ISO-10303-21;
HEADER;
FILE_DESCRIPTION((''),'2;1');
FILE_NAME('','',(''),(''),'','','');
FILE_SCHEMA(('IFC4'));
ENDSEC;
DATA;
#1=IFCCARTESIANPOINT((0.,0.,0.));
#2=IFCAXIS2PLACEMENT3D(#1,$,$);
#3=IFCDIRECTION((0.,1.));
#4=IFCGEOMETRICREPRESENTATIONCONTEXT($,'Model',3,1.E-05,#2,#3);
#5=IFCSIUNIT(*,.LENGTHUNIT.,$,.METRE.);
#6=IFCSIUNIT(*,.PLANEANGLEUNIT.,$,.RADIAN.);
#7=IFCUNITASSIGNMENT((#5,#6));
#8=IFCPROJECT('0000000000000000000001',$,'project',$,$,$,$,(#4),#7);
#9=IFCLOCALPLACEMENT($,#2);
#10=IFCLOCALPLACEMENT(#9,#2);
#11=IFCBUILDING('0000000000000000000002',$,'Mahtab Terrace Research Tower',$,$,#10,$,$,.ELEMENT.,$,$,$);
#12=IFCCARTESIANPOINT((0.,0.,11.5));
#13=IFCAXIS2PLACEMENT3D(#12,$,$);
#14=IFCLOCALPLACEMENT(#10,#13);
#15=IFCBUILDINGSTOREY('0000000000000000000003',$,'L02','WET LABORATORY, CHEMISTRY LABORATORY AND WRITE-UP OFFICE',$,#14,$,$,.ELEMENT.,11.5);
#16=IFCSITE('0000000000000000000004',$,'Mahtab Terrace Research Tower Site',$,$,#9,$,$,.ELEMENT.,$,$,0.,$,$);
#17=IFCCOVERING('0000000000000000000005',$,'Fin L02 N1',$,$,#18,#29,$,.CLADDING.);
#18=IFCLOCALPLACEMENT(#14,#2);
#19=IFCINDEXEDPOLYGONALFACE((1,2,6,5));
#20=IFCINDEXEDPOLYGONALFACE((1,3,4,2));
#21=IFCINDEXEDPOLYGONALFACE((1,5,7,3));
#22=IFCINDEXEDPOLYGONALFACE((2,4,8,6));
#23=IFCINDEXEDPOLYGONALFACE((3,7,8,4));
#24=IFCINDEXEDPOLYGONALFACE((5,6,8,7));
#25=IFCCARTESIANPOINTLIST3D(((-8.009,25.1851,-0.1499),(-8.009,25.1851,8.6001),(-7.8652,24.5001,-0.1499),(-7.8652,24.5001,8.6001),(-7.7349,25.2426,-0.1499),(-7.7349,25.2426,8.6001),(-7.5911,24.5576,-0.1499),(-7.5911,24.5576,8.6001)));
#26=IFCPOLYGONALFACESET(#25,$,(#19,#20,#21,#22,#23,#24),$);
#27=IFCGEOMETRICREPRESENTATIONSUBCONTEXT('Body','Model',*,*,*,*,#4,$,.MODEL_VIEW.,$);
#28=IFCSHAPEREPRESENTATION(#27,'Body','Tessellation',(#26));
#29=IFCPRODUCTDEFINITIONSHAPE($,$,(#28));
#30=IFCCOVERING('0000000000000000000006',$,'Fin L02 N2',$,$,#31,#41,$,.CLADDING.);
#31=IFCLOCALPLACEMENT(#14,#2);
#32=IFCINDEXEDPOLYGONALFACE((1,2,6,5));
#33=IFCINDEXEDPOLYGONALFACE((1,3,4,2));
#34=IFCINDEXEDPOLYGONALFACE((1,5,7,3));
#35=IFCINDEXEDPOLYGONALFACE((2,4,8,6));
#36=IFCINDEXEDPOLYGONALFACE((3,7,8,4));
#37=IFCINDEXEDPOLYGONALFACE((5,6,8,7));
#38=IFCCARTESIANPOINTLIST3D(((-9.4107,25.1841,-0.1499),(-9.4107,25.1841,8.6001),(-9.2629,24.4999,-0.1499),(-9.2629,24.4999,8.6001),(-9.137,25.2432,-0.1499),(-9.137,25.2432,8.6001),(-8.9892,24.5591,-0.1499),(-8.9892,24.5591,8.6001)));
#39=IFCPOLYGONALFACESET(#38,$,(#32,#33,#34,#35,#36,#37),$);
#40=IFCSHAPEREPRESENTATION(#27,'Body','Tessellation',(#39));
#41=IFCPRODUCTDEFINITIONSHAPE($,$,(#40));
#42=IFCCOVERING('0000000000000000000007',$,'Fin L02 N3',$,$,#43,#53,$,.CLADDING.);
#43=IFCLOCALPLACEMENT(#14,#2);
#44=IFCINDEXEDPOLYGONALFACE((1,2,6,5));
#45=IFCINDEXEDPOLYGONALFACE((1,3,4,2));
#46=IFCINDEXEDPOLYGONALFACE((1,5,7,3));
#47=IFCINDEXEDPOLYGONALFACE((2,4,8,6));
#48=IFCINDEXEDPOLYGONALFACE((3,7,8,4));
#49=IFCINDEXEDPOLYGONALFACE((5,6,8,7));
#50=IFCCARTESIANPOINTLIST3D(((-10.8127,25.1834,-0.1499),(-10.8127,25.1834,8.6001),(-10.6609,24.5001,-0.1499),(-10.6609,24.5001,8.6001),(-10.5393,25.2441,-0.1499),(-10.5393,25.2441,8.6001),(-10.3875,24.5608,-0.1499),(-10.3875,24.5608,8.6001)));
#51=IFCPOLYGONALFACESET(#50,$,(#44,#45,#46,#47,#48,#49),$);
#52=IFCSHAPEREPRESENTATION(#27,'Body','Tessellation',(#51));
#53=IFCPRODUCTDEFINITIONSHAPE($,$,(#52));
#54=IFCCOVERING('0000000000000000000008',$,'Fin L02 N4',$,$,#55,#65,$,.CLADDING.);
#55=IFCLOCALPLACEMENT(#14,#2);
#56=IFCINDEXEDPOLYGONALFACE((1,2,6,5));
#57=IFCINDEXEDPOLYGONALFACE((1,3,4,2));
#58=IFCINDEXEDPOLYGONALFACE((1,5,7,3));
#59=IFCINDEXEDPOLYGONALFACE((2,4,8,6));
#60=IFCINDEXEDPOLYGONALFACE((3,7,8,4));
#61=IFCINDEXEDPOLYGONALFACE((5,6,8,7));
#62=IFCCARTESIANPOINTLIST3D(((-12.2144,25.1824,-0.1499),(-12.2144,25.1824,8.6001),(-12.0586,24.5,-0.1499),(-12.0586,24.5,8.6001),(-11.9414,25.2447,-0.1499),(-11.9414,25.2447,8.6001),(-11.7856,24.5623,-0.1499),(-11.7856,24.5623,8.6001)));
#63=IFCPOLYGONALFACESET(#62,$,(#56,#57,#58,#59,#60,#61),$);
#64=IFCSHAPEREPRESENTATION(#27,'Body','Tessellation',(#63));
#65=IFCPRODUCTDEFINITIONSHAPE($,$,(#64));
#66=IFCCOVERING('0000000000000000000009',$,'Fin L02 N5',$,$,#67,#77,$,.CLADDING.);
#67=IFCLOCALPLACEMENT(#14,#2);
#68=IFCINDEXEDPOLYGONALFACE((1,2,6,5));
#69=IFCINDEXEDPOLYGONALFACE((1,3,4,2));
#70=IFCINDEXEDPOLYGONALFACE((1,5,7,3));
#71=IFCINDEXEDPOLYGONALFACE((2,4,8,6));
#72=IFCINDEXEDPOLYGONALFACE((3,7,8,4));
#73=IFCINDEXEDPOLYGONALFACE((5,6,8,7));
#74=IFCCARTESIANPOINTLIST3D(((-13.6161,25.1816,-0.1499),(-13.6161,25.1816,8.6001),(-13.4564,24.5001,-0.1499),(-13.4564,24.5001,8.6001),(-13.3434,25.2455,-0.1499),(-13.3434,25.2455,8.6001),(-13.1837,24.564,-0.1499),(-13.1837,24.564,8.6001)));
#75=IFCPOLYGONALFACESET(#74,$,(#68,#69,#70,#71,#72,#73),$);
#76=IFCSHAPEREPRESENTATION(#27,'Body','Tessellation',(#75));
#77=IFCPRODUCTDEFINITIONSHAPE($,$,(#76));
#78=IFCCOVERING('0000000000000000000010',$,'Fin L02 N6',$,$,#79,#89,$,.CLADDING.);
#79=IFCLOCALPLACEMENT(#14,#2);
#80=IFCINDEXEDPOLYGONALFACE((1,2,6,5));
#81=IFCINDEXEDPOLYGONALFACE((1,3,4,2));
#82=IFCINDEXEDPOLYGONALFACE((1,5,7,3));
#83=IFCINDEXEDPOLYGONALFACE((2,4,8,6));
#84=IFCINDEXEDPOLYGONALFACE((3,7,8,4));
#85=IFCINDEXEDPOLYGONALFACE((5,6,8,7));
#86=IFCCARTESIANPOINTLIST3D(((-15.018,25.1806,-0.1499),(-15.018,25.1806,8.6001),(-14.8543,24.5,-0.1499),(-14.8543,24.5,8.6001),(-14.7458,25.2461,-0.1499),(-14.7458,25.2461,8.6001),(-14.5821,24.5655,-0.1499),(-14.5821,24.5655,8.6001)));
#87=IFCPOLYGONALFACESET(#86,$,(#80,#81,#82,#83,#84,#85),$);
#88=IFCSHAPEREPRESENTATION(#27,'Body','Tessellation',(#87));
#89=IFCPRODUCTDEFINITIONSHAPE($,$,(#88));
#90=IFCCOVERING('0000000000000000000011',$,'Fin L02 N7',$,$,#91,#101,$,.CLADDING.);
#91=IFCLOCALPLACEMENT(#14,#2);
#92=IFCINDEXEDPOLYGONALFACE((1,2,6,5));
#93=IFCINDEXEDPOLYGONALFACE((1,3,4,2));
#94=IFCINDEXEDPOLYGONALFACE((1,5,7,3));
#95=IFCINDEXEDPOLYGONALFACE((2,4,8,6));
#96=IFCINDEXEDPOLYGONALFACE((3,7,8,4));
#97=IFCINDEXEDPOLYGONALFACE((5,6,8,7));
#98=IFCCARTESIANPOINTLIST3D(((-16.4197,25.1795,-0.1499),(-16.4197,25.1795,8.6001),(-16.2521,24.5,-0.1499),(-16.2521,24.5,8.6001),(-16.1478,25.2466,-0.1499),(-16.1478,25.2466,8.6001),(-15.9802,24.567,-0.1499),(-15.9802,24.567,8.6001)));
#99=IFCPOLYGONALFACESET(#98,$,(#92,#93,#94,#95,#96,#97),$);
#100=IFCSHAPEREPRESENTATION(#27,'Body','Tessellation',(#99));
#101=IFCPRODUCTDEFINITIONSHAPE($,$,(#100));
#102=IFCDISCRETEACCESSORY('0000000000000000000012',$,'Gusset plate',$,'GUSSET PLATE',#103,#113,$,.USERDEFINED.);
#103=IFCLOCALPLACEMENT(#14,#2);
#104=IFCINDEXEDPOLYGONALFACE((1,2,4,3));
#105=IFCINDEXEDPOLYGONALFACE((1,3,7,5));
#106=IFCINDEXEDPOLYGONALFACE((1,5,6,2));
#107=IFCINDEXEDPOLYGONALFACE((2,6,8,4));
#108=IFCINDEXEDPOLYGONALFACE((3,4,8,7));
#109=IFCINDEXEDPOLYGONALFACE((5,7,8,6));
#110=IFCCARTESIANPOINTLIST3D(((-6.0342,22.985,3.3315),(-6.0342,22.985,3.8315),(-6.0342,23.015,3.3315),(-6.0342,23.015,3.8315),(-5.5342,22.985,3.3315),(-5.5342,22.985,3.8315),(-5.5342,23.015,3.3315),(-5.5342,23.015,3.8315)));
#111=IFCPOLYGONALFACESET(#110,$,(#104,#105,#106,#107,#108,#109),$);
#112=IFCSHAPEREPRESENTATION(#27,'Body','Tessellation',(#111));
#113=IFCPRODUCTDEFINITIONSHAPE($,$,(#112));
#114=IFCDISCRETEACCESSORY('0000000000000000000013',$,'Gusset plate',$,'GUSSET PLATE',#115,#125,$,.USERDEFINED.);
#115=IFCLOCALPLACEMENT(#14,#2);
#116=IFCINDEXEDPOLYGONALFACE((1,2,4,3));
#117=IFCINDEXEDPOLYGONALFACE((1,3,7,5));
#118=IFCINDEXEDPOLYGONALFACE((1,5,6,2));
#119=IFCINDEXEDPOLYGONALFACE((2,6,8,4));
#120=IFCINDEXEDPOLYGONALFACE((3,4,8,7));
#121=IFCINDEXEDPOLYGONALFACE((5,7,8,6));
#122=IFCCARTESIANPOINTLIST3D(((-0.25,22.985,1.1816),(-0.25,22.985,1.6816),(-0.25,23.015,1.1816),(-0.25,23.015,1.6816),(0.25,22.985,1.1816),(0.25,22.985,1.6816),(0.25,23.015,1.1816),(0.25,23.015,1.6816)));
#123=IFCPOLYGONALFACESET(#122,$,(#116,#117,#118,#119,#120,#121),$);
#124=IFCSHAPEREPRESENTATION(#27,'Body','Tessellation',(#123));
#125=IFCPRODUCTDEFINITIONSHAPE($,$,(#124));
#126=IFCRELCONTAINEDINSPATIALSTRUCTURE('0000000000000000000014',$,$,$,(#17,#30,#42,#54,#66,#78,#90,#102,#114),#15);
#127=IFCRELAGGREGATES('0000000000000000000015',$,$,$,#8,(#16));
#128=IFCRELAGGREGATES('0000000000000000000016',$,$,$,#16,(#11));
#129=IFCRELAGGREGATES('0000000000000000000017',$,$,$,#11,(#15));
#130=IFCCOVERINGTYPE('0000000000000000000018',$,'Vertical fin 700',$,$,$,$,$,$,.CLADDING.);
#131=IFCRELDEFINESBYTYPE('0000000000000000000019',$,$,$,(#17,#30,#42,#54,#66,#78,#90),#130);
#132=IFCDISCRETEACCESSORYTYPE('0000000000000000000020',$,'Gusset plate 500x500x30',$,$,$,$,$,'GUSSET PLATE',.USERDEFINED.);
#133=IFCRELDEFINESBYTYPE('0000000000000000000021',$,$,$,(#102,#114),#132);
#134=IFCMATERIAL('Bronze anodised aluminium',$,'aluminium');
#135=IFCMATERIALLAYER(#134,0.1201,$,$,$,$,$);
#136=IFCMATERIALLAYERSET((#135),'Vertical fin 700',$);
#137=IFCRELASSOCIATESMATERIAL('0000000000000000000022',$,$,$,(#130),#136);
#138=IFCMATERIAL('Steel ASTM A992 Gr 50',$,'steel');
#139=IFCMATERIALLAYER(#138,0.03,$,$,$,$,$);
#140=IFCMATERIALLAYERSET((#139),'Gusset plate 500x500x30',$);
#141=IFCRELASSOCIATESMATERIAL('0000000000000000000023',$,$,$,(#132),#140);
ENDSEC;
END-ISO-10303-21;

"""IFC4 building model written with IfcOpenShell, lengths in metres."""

from ifc_helpers import new_model, si_unit, direction, frame, origin, origin_2d, place, context, subcontext, project, spatial, rectangle, extrude, material, layer, layer_set, type_object, element, save


model = new_model("IFC4")

# Units and contexts
model_context = context("Model", 3, precision=1e-05, world=origin(), true_north=direction((0.0, 1.0)))
body_context = subcontext(model_context, "Body", "Model", "MODEL_VIEW")
ifc_project = project(units=[si_unit("LENGTHUNIT", "METRE"), si_unit("PLANEANGLEUNIT", "RADIAN")], contexts=[model_context])

# Site, building, storey
site_placement = place(None, origin())
site = spatial("IfcSite", under=ifc_project, at=site_placement, Name="Mahtab Terrace Research Tower Site", CompositionType="ELEMENT", RefElevation=0.0)
building_placement = place(site_placement, origin())
building = spatial("IfcBuilding", under=site, at=building_placement, Name="Mahtab Terrace Research Tower", CompositionType="ELEMENT")
storey_placement = place(building_placement, frame((0.0, 0.0, 11.5)))
storey = spatial("IfcBuildingStorey", under=building, at=storey_placement, Name="L02", Description="WET LABORATORY, CHEMISTRY LABORATORY AND WRITE-UP OFFICE", CompositionType="ELEMENT", Elevation=11.5)

# Shared definitions
ifc_material_1 = material(Name="Steel ASTM A992 Gr 50", Category="steel")

# Coverings
ifc_material_2 = material(Name="Bronze anodised aluminium", Category="aluminium")
ifc_layer_1 = layer(ifc_material_2, 0.1201)
ifc_layer_set_1 = layer_set([ifc_layer_1], Name="Vertical fin 700")
covering_type_1 = type_object("IfcCoveringType", Name="Vertical fin 700", PredefinedType="CLADDING", material=ifc_layer_set_1)
for number, where, z_axis, x_axis, name in (
    (1, (-7.8, 24.8713, -0.1499), (0.0, 0.0, 1.0), (-0.978663, -0.205472, 0.0), "Fin L02 N1"),
    (2, (-9.2, 24.8716, -0.1499), (0.0, 0.0, 1.0), (-0.977451, -0.211162, 0.0), "Fin L02 N2"),
    (3, (-10.6001, 24.8721, -0.1499), (0.0, 0.0, 1.0), (-0.976206, -0.216845, 0.0), "Fin L02 N3"),
    (4, (-12.0, 24.8723, -0.1499), (0.0, 0.0, 1.0), (-0.974928, -0.222521, 0.0), "Fin L02 N4"),
    (5, (-13.3999, 24.8728, -0.1499), (0.0, 0.0, 1.0), (-0.973617, -0.228189, 0.0), "Fin L02 N5"),
    (6, (-14.8, 24.873, -0.1499), (0.0, 0.0, 1.0), (-0.972273, -0.233849, 0.0), "Fin L02 N6"),
    (7, (-16.2, 24.8733, -0.1499), (0.0, 0.0, 1.0), (-0.970896, -0.239502, 0.0), "Fin L02 N7"),
):
    element("IfcCovering", number, at=place(storey_placement, frame(where, z_axis=z_axis, x_axis=x_axis)), inside=storey, type_object=covering_type_1, Name=name, PredefinedType="CLADDING", context=body_context, shape_type="SweptSolid", body=[
        extrude(rectangle(XDim=0.28, YDim=0.7, at=origin_2d()), origin(), (0.0, 0.0, 1.0), 8.75),
    ])

# Discrete accessories
ifc_layer_2 = layer(ifc_material_1, 0.03)
ifc_layer_set_2 = layer_set([ifc_layer_2], Name="Gusset plate 500x500x30")
discrete_accessory_type = type_object("IfcDiscreteAccessoryType", Name="Gusset plate 500x500x30", ElementType="GUSSET PLATE", PredefinedType="USERDEFINED", material=ifc_layer_set_2)
for number, where, z_axis, x_axis, name in (
    (8, (-5.7842, 23.0, 3.3315), (0.0, 0.0, 1.0), (1.0, 0.0, 0.0), "Gusset plate"),
    (9, (0.0, 23.0, 1.1816), (0.0, 0.0, 1.0), (1.0, 0.0, 0.0), "Gusset plate"),
):
    element("IfcDiscreteAccessory", number, at=place(storey_placement, frame(where, z_axis=z_axis, x_axis=x_axis)), inside=storey, type_object=discrete_accessory_type, Name=name, ObjectType="GUSSET PLATE", PredefinedType="USERDEFINED", context=body_context, shape_type="SweptSolid", body=[
        extrude(rectangle(XDim=0.5, YDim=0.03, at=origin_2d()), origin(), (0.0, 0.0, 1.0), 0.5),
    ])

save(model, "model.ifc")
